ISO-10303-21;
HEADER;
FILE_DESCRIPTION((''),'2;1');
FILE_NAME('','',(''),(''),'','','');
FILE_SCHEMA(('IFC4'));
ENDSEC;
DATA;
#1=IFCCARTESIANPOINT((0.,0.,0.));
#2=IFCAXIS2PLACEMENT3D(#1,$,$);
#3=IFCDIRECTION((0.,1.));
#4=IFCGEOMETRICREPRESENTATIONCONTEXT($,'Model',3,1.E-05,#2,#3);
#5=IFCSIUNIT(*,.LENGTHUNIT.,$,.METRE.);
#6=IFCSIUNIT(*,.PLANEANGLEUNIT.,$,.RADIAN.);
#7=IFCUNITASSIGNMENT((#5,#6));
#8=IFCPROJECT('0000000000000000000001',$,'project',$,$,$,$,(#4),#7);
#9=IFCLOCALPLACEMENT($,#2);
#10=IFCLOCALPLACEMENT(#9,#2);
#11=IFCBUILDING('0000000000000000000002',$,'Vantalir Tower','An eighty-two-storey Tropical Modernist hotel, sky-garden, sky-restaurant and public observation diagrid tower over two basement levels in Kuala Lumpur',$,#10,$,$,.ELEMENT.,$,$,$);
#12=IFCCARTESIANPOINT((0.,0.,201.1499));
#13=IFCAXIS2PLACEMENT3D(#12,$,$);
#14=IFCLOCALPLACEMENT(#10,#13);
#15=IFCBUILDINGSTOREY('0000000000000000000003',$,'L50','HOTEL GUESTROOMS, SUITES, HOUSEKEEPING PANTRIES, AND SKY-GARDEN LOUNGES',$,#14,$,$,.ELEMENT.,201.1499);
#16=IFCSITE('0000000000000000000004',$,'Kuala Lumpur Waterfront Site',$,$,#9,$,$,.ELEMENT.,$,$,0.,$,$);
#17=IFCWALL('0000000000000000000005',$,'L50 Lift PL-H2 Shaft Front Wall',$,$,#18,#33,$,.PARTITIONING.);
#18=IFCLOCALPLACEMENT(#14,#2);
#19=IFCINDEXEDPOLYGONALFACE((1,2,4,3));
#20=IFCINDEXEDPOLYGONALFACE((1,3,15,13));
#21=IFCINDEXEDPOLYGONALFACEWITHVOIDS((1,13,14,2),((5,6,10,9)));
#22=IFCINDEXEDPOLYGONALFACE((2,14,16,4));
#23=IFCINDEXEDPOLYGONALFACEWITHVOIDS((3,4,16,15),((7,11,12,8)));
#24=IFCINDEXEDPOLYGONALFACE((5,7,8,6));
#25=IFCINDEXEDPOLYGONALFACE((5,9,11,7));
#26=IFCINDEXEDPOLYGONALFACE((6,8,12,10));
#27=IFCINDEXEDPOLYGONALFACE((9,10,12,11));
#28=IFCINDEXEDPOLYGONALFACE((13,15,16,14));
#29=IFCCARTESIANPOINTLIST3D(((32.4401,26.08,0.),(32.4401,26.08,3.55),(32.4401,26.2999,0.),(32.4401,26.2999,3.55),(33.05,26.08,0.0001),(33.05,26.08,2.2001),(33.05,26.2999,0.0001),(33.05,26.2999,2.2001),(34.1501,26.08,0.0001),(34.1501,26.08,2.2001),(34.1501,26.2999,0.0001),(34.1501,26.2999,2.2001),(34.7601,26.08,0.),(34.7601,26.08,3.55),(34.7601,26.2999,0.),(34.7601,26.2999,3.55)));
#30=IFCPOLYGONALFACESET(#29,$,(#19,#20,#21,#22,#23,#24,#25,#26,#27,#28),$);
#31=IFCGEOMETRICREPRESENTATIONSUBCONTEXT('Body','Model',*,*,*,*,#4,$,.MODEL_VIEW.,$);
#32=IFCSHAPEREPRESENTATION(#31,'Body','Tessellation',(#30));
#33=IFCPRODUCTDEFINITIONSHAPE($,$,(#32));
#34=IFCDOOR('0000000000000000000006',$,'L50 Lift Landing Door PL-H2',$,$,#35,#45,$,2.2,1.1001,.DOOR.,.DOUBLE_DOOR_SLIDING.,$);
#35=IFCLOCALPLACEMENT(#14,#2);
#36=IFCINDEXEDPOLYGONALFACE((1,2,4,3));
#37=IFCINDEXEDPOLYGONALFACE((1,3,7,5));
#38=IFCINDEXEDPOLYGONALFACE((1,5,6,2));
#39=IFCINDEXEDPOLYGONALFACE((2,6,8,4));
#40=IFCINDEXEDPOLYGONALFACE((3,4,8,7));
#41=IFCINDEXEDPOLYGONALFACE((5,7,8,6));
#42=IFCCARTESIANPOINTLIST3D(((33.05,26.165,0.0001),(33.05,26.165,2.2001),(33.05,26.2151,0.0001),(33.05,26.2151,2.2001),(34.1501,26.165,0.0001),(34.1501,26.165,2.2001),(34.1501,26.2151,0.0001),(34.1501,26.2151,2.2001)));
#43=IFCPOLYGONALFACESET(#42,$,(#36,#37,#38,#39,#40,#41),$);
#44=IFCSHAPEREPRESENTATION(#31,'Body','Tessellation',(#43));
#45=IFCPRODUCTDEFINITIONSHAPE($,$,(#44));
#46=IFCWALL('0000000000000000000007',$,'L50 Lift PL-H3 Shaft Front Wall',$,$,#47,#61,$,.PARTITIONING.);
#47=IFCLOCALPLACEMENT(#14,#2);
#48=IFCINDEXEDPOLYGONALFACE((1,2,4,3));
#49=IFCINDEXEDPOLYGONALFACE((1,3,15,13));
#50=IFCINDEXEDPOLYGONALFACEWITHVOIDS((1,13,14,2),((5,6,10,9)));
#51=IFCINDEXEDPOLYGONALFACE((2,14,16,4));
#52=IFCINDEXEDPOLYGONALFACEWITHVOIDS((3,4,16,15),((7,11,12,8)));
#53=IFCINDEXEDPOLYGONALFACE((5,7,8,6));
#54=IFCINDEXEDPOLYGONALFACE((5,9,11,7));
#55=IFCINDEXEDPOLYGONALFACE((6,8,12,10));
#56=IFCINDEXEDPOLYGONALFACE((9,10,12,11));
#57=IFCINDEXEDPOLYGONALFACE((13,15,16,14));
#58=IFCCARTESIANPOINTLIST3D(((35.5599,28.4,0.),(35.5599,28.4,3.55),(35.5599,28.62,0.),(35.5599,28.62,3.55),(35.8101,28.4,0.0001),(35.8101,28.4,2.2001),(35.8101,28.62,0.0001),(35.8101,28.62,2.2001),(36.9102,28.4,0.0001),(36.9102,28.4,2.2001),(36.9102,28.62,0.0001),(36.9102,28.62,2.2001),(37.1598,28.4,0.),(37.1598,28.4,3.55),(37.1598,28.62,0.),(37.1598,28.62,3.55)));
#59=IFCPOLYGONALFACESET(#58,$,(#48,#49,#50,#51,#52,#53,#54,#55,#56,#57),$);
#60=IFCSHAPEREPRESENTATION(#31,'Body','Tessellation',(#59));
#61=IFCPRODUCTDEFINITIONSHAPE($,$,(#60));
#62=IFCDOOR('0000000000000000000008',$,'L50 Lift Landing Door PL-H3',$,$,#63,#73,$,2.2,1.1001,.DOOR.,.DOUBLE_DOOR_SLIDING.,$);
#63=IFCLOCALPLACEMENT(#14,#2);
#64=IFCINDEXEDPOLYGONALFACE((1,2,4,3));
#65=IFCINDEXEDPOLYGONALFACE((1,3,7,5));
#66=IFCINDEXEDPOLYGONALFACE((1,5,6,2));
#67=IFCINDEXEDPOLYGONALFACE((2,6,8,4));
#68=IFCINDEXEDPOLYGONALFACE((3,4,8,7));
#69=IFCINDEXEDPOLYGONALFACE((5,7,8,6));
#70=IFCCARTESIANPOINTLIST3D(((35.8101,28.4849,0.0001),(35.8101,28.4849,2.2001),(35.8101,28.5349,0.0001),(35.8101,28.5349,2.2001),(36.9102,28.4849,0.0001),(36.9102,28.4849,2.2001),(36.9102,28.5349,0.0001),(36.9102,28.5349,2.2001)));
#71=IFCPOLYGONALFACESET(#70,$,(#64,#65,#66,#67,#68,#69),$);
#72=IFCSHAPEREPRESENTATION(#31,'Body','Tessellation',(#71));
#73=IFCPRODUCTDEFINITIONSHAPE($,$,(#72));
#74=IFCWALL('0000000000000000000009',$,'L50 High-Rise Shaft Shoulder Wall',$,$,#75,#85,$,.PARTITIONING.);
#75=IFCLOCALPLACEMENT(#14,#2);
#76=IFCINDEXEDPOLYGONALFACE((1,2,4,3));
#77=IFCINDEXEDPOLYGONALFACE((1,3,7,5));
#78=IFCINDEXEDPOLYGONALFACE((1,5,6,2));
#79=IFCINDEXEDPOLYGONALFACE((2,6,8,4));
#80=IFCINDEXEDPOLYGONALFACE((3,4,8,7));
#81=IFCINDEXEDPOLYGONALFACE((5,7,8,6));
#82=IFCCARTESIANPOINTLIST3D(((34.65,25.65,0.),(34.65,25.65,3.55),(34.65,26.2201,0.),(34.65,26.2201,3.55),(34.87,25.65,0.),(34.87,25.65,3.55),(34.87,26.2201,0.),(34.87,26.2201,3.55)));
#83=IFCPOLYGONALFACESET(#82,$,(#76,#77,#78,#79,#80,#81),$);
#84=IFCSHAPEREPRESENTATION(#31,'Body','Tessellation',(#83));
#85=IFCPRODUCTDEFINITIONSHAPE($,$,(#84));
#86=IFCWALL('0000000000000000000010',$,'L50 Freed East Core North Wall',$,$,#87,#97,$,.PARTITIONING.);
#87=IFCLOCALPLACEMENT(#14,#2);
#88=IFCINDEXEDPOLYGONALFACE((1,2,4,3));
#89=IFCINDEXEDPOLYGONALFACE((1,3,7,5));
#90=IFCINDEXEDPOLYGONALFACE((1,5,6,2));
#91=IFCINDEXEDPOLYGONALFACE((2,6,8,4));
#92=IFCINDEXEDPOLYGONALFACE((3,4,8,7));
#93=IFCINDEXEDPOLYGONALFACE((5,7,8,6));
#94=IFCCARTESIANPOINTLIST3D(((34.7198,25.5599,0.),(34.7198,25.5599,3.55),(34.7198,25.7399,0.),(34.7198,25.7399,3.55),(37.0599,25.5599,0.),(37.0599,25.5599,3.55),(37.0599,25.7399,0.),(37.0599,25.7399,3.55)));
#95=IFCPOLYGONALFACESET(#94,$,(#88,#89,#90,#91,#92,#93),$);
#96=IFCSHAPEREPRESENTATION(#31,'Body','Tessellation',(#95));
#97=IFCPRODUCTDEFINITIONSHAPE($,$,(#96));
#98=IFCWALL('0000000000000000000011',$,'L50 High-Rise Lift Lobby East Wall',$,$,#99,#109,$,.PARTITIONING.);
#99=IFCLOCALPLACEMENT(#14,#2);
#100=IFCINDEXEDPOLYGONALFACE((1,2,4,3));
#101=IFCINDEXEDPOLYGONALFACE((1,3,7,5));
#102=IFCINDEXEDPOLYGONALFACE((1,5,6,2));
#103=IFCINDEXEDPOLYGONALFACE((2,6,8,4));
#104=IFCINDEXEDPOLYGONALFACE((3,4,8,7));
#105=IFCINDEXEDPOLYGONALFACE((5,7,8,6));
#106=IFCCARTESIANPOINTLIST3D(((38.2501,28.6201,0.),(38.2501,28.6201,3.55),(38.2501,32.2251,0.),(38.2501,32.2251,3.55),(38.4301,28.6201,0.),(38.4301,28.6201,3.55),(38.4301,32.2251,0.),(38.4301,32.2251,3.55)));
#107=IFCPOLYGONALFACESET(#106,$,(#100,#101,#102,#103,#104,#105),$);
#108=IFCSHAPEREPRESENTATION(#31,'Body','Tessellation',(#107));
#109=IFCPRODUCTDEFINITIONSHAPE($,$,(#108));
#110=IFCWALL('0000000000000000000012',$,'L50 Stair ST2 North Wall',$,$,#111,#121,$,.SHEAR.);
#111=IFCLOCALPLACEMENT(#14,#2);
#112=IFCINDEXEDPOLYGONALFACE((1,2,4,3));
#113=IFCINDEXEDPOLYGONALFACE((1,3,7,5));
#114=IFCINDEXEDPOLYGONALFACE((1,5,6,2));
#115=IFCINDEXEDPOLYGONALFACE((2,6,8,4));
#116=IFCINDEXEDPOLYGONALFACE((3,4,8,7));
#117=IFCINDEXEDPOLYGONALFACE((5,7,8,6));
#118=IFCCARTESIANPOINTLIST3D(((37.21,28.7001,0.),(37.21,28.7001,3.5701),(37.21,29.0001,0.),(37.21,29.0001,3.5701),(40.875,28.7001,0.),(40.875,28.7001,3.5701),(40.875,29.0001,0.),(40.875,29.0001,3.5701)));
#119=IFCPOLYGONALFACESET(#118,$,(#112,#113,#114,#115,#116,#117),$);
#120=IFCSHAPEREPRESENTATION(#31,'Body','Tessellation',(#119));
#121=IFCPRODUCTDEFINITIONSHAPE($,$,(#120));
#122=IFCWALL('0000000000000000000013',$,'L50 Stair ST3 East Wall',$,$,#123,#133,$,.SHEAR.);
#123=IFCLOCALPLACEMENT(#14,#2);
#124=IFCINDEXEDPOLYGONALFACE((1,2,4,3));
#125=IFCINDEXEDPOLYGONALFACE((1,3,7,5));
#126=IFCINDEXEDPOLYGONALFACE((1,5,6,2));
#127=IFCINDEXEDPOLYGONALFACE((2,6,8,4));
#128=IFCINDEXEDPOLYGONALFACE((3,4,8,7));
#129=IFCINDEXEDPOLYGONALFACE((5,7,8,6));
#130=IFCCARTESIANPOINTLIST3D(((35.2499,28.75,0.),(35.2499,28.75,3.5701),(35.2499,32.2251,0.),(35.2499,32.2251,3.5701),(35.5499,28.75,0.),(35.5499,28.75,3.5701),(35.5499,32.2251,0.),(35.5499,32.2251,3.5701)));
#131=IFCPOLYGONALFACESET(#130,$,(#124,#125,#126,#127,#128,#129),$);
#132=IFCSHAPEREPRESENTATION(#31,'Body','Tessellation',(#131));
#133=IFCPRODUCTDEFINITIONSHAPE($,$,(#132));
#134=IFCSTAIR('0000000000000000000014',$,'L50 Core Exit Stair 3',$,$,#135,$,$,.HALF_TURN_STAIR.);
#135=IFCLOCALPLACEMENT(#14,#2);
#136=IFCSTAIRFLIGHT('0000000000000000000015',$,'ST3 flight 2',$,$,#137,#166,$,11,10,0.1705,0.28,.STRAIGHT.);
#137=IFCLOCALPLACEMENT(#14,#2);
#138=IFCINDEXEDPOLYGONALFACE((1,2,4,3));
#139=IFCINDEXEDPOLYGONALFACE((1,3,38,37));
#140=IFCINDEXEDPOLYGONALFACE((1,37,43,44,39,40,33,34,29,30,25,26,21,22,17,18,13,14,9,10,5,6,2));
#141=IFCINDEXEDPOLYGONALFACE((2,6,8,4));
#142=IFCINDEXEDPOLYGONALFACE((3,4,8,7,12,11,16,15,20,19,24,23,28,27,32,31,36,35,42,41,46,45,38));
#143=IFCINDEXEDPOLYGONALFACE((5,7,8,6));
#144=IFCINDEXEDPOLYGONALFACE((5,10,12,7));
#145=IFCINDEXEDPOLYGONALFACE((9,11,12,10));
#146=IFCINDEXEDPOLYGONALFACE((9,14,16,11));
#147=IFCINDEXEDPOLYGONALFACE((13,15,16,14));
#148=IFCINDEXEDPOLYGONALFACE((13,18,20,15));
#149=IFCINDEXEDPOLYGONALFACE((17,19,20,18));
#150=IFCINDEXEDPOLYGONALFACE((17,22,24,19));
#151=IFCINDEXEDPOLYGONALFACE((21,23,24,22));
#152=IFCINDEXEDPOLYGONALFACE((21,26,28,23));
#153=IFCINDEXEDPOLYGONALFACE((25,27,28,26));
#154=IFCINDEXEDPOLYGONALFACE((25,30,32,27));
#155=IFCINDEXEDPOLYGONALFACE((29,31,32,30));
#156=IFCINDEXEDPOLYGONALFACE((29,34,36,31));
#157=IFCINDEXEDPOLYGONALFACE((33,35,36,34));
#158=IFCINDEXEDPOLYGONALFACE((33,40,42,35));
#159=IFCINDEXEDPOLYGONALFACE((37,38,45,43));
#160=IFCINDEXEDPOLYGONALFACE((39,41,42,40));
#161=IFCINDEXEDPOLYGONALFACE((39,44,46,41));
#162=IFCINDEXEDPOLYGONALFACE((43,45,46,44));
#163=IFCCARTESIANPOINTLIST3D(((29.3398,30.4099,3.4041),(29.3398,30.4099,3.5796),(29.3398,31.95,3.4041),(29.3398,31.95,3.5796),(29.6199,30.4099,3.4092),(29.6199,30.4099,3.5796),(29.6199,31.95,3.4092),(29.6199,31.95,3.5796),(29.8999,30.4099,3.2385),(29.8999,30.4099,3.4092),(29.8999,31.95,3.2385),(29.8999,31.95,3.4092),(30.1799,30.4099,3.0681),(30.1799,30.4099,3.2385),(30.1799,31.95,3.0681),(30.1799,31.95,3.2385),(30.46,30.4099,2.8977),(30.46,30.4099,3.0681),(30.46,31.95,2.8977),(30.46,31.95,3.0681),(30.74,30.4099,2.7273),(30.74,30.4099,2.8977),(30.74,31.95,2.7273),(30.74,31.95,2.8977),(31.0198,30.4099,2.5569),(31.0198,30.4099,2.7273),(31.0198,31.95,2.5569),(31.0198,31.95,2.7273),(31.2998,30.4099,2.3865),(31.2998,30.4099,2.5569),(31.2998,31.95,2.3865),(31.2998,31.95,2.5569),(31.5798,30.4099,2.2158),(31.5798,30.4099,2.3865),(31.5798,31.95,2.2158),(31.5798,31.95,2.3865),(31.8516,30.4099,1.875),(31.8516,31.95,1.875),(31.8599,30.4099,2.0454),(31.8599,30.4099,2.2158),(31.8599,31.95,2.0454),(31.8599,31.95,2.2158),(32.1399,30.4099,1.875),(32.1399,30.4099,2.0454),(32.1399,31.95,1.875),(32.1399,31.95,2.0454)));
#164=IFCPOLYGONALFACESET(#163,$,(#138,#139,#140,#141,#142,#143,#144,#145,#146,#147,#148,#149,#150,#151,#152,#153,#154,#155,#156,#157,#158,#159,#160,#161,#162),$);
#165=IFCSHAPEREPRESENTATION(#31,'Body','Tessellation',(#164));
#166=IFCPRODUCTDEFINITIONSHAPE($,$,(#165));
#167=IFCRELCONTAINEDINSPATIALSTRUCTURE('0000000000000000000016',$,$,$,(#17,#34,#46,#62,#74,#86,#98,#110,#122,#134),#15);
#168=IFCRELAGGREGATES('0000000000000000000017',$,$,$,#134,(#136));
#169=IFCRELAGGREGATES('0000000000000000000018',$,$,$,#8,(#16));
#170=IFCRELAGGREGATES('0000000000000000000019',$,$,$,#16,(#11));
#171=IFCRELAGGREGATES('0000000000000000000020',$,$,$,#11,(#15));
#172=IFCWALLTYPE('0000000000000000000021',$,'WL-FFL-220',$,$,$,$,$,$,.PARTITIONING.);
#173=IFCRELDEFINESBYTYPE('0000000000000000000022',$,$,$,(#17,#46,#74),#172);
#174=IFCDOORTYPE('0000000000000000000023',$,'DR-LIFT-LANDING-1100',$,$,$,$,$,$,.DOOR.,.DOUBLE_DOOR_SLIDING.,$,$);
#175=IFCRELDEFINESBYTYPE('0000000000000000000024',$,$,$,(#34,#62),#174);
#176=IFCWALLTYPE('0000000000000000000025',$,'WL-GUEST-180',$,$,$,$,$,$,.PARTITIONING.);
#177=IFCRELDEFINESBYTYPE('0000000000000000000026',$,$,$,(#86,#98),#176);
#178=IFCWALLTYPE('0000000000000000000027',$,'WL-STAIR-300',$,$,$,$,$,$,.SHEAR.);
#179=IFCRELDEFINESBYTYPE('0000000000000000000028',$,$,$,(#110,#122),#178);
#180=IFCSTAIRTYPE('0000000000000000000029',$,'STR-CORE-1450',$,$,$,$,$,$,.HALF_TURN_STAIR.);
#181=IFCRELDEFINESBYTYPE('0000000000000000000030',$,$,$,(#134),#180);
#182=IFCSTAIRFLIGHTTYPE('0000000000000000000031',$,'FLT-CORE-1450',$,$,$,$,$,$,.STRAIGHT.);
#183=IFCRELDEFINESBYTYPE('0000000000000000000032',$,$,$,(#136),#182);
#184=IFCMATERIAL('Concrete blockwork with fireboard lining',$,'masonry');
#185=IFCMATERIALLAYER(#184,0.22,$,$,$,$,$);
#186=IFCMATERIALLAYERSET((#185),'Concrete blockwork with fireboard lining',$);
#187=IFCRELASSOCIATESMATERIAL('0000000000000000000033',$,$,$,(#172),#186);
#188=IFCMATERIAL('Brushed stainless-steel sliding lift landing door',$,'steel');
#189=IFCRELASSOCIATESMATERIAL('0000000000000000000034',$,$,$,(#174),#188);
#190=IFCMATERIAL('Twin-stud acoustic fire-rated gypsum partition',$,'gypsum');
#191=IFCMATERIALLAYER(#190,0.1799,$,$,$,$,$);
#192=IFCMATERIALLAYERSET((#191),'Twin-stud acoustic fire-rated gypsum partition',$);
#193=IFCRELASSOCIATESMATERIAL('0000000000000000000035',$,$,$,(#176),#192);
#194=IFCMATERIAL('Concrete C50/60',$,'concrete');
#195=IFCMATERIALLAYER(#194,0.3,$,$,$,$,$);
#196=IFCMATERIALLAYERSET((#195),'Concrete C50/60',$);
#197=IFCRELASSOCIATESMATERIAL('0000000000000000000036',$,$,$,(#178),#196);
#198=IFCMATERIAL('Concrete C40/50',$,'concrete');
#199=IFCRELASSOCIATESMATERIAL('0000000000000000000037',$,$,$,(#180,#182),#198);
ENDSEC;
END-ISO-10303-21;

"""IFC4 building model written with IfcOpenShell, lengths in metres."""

from ifc_helpers import new_model, si_unit, direction, frame, frame_2d, origin, place, context, subcontext, project, spatial, polyline, rectangle, outline, extrude, material, layer, layer_set, type_object, element, fill, aggregate, save


model = new_model("IFC4")

# Units and contexts
model_context = context("Model", 3, precision=1e-05, world=origin(), true_north=direction((0.0, 1.0)))
body_context = subcontext(model_context, "Body", "Model", "MODEL_VIEW")
ifc_project = project(units=[si_unit("LENGTHUNIT", "METRE"), si_unit("PLANEANGLEUNIT", "RADIAN")], contexts=[model_context])

# Site, building, storey
site_placement = place(None, origin())
site = spatial("IfcSite", under=ifc_project, at=site_placement, Name="Kuala Lumpur Waterfront Site", CompositionType="ELEMENT", RefElevation=0.0)
building_placement = place(site_placement, origin())
building = spatial("IfcBuilding", under=site, at=building_placement, Name="Vantalir Tower", Description="An eighty-two-storey Tropical Modernist hotel, sky-garden, sky-restaurant and public observation diagrid tower over two basement levels in Kuala Lumpur", CompositionType="ELEMENT")
storey_placement = place(building_placement, frame((0.0, 0.0, 201.1499)))
storey = spatial("IfcBuildingStorey", under=building, at=storey_placement, Name="L50", Description="HOTEL GUESTROOMS, SUITES, HOUSEKEEPING PANTRIES, AND SKY-GARDEN LOUNGES", CompositionType="ELEMENT", Elevation=201.1499)

# Shared definitions
ifc_material_1 = material(Name="Concrete C50/60", Category="concrete")

# Shared definitions
ifc_material_2 = material(Name="Concrete blockwork with fireboard lining", Category="masonry")
ifc_layer_1 = layer(ifc_material_2, 0.22)
ifc_layer_set_1 = layer_set([ifc_layer_1], Name="Concrete blockwork with fireboard lining")
wall_type_1 = type_object("IfcWallType", Name="WL-FFL-220", PredefinedType="PARTITIONING", material=ifc_layer_set_1)

# Walls, openings, doors
wall_1_placement = place(storey_placement, frame((32.4399, 26.1899, 0.0), z_axis=(0.0, 0.0, 1.0), x_axis=(1.0, 0.0, 0.0)))
wall_1 = element("IfcWall", 1, at=wall_1_placement, inside=storey, type_object=wall_type_1, Name="L50 Lift PL-H2 Shaft Front Wall", PredefinedType="PARTITIONING", context=body_context, shape_type="SweptSolid", body=[
    extrude(rectangle(XDim=2.3201, YDim=0.22, at=frame_2d((1.1602, 0.0))), origin(), (0.0, 0.0, 1.0), 3.55),
])
opening_1_placement = place(wall_1_placement, frame((0.6101, 0.0, 0.0)))
opening_1 = element("IfcOpeningElement", 2, at=opening_1_placement, cuts=wall_1, PredefinedType="OPENING", context=body_context, shape_type="SweptSolid", body=[
    extrude(rectangle(XDim=1.1001, YDim=2.2, at=frame_2d((0.55, 1.1001))), frame((0.0, 0.1199, 0.0), z_axis=(0.0, -1.0, 0.0), x_axis=(1.0, 0.0, 0.0)), (0.0, 0.0, 1.0), 0.24),
])
ifc_material_3 = material(Name="Brushed stainless-steel sliding lift landing door", Category="steel")
door_type_1 = type_object("IfcDoorType", Name="DR-LIFT-LANDING-1100", OperationType="DOUBLE_DOOR_SLIDING", PredefinedType="DOOR", material=ifc_material_3)
door_1_placement = place(opening_1_placement, frame((1.1001, 0.0, 0.0), z_axis=(0.0, 0.0, 1.0), x_axis=(-1.0, 0.0, 0.0)))
door_1 = element("IfcDoor", 3, at=door_1_placement, inside=storey, type_object=door_type_1, Name="L50 Lift Landing Door PL-H2", OperationType="DOUBLE_DOOR_SLIDING", OverallHeight=2.2, OverallWidth=1.1001, PredefinedType="DOOR", context=body_context, shape_type="SweptSolid", body=[
    extrude(rectangle(XDim=1.1001, YDim=2.2, at=frame_2d((0.55, 1.1001))), frame((0.0, 0.0249, 0.0), z_axis=(0.0, -1.0, 0.0), x_axis=(1.0, 0.0, 0.0)), (0.0, 0.0, 1.0), 0.05),
])
fill(opening_1, door_1)
wall_2_placement = place(storey_placement, frame((35.5601, 28.51, 0.0), z_axis=(0.0, 0.0, 1.0), x_axis=(1.0, 0.0, 0.0)))
wall_2 = element("IfcWall", 4, at=wall_2_placement, inside=storey, type_object=wall_type_1, Name="L50 Lift PL-H3 Shaft Front Wall", PredefinedType="PARTITIONING", context=body_context, shape_type="SweptSolid", body=[
    extrude(rectangle(XDim=1.5999, YDim=0.22, at=frame_2d((0.7998, 0.0))), origin(), (0.0, 0.0, 1.0), 3.55),
])
opening_2_placement = place(wall_2_placement, frame((0.25, 0.0, 0.0)))
opening_2 = element("IfcOpeningElement", 5, at=opening_2_placement, cuts=wall_2, PredefinedType="OPENING", context=body_context, shape_type="SweptSolid", body=[
    extrude(rectangle(XDim=1.1001, YDim=2.2, at=frame_2d((0.55, 1.1001))), frame((0.0, 0.1199, 0.0), z_axis=(0.0, -1.0, 0.0), x_axis=(1.0, 0.0, 0.0)), (0.0, 0.0, 1.0), 0.24),
])
door_2_placement = place(opening_2_placement, origin())
door_2 = element("IfcDoor", 6, at=door_2_placement, inside=storey, type_object=door_type_1, Name="L50 Lift Landing Door PL-H3", OperationType="DOUBLE_DOOR_SLIDING", OverallHeight=2.2, OverallWidth=1.1001, PredefinedType="DOOR", context=body_context, shape_type="SweptSolid", body=[
    extrude(rectangle(XDim=1.1001, YDim=2.2, at=frame_2d((0.55, 1.1001))), frame((0.0, 0.0249, 0.0), z_axis=(0.0, -1.0, 0.0), x_axis=(1.0, 0.0, 0.0)), (0.0, 0.0, 1.0), 0.05),
])
fill(opening_2, door_2)

# Walls
wall_3_placement = place(storey_placement, frame((34.76, 25.6499, 0.0), z_axis=(0.0, 0.0, 1.0), x_axis=(0.0, 1.0, 0.0)))
element("IfcWall", 7, at=wall_3_placement, inside=storey, type_object=wall_type_1, Name="L50 High-Rise Shaft Shoulder Wall", PredefinedType="PARTITIONING", context=body_context, shape_type="SweptSolid", body=[
    extrude(rectangle(XDim=0.5701, YDim=0.22, at=frame_2d((0.2852, 0.0))), origin(), (0.0, 0.0, 1.0), 3.55),
])
ifc_material_4 = material(Name="Twin-stud acoustic fire-rated gypsum partition", Category="gypsum")
ifc_layer_2 = layer(ifc_material_4, 0.1799)
ifc_layer_set_2 = layer_set([ifc_layer_2], Name="Twin-stud acoustic fire-rated gypsum partition")
wall_type_2 = type_object("IfcWallType", Name="WL-GUEST-180", PredefinedType="PARTITIONING", material=ifc_layer_set_2)
wall_4_placement = place(storey_placement, frame((34.72, 25.6499, 0.0), z_axis=(0.0, 0.0, 1.0), x_axis=(1.0, 0.0, 0.0)))
element("IfcWall", 8, at=wall_4_placement, inside=storey, type_object=wall_type_2, Name="L50 Freed East Core North Wall", PredefinedType="PARTITIONING", context=body_context, shape_type="SweptSolid", body=[
    extrude(rectangle(XDim=2.3401, YDim=0.1799, at=frame_2d((1.1699, 0.0))), origin(), (0.0, 0.0, 1.0), 3.55),
])
wall_5_placement = place(storey_placement, frame((38.3401, 28.6201, 0.0), z_axis=(0.0, 0.0, 1.0), x_axis=(0.0, 1.0, 0.0)))
element("IfcWall", 9, at=wall_5_placement, inside=storey, type_object=wall_type_2, Name="L50 High-Rise Lift Lobby East Wall", PredefinedType="PARTITIONING", context=body_context, shape_type="SweptSolid", body=[
    extrude(rectangle(XDim=3.605, YDim=0.1799, at=frame_2d((1.8025, 0.0))), origin(), (0.0, 0.0, 1.0), 3.55),
])
ifc_layer_3 = layer(ifc_material_1, 0.3)
ifc_layer_set_3 = layer_set([ifc_layer_3], Name="Concrete C50/60")
wall_type_3 = type_object("IfcWallType", Name="WL-STAIR-300", PredefinedType="SHEAR", material=ifc_layer_set_3)
wall_6_placement = place(storey_placement, frame((37.21, 28.8501, 0.0), z_axis=(0.0, 0.0, 1.0), x_axis=(1.0, 0.0, 0.0)))
element("IfcWall", 10, at=wall_6_placement, inside=storey, type_object=wall_type_3, Name="L50 Stair ST2 North Wall", PredefinedType="SHEAR", context=body_context, shape_type="SweptSolid", body=[
    extrude(rectangle(XDim=3.665, YDim=0.3, at=frame_2d((1.8325, 0.0))), origin(), (0.0, 0.0, 1.0), 3.5701),
])
wall_7_placement = place(storey_placement, frame((35.3999, 28.75, 0.0), z_axis=(0.0, 0.0, 1.0), x_axis=(0.0, 1.0, 0.0)))
element("IfcWall", 11, at=wall_7_placement, inside=storey, type_object=wall_type_3, Name="L50 Stair ST3 East Wall", PredefinedType="SHEAR", context=body_context, shape_type="SweptSolid", body=[
    extrude(rectangle(XDim=3.4751, YDim=0.3, at=frame_2d((1.7375, 0.0))), origin(), (0.0, 0.0, 1.0), 3.5701),
])

# Stair, stair flight
ifc_material_5 = material(Name="Concrete C40/50", Category="concrete")
stair_type = type_object("IfcStairType", Name="STR-CORE-1450", PredefinedType="HALF_TURN_STAIR", material=ifc_material_5)
stair_placement = place(storey_placement, origin())
stair = element("IfcStair", 12, at=stair_placement, inside=storey, type_object=stair_type, Name="L50 Core Exit Stair 3", PredefinedType="HALF_TURN_STAIR")
stair_flight_type = type_object("IfcStairFlightType", Name="FLT-CORE-1450", PredefinedType="STRAIGHT", material=ifc_material_5)
stair_flight_placement = place(storey_placement, frame((32.1399, 31.1799, 1.875), z_axis=(0.0, 0.0, 1.0), x_axis=(-1.0, 0.0, 0.0)))
stair_flight = element("IfcStairFlight", 13, at=stair_flight_placement, type_object=stair_flight_type, Name="ST3 flight 2", NumberOfRisers=11, NumberOfTreads=10, PredefinedType="STRAIGHT", RiserHeight=0.1705, TreadLength=0.28, context=body_context, shape_type="SweptSolid", body=[
    extrude(outline(polyline([(0.0, 0.0), (0.0, 0.1704), (0.28, 0.1704), (0.28, 0.3408), (0.5601, 0.3408), (0.5601, 0.5115), (0.8401, 0.5115), (0.8401, 0.6819), (1.1201, 0.6819), (1.1201, 0.8523), (1.3999, 0.8523), (1.3999, 1.0227), (1.6799, 1.0227), (1.6799, 1.1931), (1.96, 1.1931), (1.96, 1.3635), (2.24, 1.3635), (2.24, 1.5342), (2.52, 1.5342), (2.52, 1.7046), (2.8, 1.7046), (2.8, 1.875), (2.8, 1.5291), (0.2883, 0.0), (0.0, 0.0)])), frame((0.0, 0.77, 0.0), z_axis=(0.0, -1.0, 0.0), x_axis=(1.0, 0.0, 0.0)), (0.0, 0.0, 1.0), 1.54),
])
aggregate(stair, [stair_flight])

save(model, "model.ifc")
